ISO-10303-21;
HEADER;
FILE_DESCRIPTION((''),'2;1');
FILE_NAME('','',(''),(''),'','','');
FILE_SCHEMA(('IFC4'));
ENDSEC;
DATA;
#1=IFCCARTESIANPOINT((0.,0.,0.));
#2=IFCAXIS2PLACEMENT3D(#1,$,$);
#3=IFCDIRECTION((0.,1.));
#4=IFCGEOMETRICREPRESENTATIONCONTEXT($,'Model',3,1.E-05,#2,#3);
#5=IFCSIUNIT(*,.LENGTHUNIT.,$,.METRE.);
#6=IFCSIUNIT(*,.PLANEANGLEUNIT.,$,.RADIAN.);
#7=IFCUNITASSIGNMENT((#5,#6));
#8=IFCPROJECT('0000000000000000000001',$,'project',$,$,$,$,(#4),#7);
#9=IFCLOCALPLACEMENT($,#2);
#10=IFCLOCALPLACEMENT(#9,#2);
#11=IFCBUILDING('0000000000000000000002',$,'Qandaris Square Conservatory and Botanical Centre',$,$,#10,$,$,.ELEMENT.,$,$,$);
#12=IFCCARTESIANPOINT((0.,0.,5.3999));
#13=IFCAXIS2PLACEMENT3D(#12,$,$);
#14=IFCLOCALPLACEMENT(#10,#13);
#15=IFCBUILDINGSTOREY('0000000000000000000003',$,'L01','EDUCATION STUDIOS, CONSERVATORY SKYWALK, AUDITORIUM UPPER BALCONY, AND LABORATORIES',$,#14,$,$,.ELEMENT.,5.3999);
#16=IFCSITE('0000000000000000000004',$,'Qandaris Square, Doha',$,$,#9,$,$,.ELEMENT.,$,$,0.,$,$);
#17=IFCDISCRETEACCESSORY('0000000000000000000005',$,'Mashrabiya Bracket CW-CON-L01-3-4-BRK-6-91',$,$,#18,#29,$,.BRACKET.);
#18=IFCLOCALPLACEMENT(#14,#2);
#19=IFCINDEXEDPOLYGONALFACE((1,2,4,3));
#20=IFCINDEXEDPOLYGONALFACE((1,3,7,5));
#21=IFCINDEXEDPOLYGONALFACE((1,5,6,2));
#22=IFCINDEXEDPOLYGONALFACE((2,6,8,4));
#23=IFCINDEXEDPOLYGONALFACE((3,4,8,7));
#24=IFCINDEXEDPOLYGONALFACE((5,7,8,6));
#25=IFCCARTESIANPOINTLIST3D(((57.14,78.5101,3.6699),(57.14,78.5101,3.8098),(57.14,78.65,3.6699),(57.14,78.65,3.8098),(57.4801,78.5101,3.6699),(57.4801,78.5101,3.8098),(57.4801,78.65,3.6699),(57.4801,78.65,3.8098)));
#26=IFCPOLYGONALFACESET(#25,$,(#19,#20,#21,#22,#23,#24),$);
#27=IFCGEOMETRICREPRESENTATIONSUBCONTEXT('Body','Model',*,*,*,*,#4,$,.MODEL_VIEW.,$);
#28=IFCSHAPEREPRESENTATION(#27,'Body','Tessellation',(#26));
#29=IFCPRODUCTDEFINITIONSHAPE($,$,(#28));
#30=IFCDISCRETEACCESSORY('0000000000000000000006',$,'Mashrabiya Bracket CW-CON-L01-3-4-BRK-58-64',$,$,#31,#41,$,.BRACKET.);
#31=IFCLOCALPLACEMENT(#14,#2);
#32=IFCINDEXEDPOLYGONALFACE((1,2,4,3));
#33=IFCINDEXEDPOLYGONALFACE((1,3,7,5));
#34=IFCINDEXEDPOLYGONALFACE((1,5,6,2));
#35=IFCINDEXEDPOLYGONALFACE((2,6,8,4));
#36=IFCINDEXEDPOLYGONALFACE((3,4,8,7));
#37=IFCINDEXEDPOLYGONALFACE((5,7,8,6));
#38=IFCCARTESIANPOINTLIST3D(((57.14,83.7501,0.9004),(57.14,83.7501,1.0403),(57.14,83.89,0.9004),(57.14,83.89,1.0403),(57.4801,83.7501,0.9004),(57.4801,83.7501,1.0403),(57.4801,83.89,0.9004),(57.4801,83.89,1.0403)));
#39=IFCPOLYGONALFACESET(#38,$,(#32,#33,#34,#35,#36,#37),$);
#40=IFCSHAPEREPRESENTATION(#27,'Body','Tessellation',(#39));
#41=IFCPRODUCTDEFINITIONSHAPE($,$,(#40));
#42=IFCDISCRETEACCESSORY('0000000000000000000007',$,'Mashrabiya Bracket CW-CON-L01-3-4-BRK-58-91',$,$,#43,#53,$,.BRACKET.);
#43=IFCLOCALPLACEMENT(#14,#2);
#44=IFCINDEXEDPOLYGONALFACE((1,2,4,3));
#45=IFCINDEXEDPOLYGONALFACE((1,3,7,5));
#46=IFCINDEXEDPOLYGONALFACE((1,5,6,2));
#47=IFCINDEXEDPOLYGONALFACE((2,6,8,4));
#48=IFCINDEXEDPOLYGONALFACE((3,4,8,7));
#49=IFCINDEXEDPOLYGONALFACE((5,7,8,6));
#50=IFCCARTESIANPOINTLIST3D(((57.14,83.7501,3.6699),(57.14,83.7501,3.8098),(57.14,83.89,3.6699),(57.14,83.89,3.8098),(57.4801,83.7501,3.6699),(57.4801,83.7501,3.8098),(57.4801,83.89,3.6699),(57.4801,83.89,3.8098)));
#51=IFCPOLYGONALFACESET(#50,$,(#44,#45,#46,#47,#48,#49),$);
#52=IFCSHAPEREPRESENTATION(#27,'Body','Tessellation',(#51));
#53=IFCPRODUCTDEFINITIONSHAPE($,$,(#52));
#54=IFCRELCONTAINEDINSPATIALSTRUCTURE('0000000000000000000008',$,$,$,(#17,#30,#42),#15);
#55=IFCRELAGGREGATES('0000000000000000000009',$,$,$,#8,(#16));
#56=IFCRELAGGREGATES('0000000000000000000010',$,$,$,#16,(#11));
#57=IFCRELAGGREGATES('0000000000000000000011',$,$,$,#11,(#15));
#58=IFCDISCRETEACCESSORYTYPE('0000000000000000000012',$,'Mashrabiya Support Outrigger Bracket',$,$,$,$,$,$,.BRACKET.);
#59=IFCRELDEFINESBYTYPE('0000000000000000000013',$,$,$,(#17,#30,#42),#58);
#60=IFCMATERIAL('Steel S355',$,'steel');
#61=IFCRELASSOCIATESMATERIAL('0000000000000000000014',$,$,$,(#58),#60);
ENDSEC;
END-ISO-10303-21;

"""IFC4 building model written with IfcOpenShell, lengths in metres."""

from ifc_helpers import new_model, si_unit, direction, frame, origin, origin_2d, place, context, subcontext, project, spatial, rectangle, extrude, material, type_object, element, save


model = new_model("IFC4")

# Units and contexts
model_context = context("Model", 3, precision=1e-05, world=origin(), true_north=direction((0.0, 1.0)))
body_context = subcontext(model_context, "Body", "Model", "MODEL_VIEW")
ifc_project = project(units=[si_unit("LENGTHUNIT", "METRE"), si_unit("PLANEANGLEUNIT", "RADIAN")], contexts=[model_context])

# Site, building, storey
site_placement = place(None, origin())
site = spatial("IfcSite", under=ifc_project, at=site_placement, Name="Qandaris Square, Doha", CompositionType="ELEMENT", RefElevation=0.0)
building_placement = place(site_placement, origin())
building = spatial("IfcBuilding", under=site, at=building_placement, Name="Qandaris Square Conservatory and Botanical Centre", CompositionType="ELEMENT")
storey_placement = place(building_placement, frame((0.0, 0.0, 5.3999)))
storey = spatial("IfcBuildingStorey", under=building, at=storey_placement, Name="L01", Description="EDUCATION STUDIOS, CONSERVATORY SKYWALK, AUDITORIUM UPPER BALCONY, AND LABORATORIES", CompositionType="ELEMENT", Elevation=5.3999)

# Discrete accessories
ifc_material_1 = material(Name="Steel S355", Category="steel")
discrete_accessory_type = type_object("IfcDiscreteAccessoryType", Name="Mashrabiya Support Outrigger Bracket", PredefinedType="BRACKET", material=ifc_material_1)
for number, where, z_axis, x_axis, name in (
    (1, (57.3101, 78.5801, 3.6699), (0.0, 0.0, 1.0), (0.0, 1.0, 0.0), "Mashrabiya Bracket CW-CON-L01-3-4-BRK-6-91"),
    (2, (57.3101, 83.8201, 0.9004), (0.0, 0.0, 1.0), (0.0, 1.0, 0.0), "Mashrabiya Bracket CW-CON-L01-3-4-BRK-58-64"),
    (3, (57.3101, 83.8201, 3.6699), (0.0, 0.0, 1.0), (0.0, 1.0, 0.0), "Mashrabiya Bracket CW-CON-L01-3-4-BRK-58-91"),
):
    element("IfcDiscreteAccessory", number, at=place(storey_placement, frame(where, z_axis=z_axis, x_axis=x_axis)), inside=storey, type_object=discrete_accessory_type, Name=name, PredefinedType="BRACKET", context=body_context, shape_type="SweptSolid", body=[
        extrude(rectangle(XDim=0.1399, YDim=0.3401, at=origin_2d()), origin(), (0.0, 0.0, 1.0), 0.1399),
    ])

save(model, "model.ifc")
